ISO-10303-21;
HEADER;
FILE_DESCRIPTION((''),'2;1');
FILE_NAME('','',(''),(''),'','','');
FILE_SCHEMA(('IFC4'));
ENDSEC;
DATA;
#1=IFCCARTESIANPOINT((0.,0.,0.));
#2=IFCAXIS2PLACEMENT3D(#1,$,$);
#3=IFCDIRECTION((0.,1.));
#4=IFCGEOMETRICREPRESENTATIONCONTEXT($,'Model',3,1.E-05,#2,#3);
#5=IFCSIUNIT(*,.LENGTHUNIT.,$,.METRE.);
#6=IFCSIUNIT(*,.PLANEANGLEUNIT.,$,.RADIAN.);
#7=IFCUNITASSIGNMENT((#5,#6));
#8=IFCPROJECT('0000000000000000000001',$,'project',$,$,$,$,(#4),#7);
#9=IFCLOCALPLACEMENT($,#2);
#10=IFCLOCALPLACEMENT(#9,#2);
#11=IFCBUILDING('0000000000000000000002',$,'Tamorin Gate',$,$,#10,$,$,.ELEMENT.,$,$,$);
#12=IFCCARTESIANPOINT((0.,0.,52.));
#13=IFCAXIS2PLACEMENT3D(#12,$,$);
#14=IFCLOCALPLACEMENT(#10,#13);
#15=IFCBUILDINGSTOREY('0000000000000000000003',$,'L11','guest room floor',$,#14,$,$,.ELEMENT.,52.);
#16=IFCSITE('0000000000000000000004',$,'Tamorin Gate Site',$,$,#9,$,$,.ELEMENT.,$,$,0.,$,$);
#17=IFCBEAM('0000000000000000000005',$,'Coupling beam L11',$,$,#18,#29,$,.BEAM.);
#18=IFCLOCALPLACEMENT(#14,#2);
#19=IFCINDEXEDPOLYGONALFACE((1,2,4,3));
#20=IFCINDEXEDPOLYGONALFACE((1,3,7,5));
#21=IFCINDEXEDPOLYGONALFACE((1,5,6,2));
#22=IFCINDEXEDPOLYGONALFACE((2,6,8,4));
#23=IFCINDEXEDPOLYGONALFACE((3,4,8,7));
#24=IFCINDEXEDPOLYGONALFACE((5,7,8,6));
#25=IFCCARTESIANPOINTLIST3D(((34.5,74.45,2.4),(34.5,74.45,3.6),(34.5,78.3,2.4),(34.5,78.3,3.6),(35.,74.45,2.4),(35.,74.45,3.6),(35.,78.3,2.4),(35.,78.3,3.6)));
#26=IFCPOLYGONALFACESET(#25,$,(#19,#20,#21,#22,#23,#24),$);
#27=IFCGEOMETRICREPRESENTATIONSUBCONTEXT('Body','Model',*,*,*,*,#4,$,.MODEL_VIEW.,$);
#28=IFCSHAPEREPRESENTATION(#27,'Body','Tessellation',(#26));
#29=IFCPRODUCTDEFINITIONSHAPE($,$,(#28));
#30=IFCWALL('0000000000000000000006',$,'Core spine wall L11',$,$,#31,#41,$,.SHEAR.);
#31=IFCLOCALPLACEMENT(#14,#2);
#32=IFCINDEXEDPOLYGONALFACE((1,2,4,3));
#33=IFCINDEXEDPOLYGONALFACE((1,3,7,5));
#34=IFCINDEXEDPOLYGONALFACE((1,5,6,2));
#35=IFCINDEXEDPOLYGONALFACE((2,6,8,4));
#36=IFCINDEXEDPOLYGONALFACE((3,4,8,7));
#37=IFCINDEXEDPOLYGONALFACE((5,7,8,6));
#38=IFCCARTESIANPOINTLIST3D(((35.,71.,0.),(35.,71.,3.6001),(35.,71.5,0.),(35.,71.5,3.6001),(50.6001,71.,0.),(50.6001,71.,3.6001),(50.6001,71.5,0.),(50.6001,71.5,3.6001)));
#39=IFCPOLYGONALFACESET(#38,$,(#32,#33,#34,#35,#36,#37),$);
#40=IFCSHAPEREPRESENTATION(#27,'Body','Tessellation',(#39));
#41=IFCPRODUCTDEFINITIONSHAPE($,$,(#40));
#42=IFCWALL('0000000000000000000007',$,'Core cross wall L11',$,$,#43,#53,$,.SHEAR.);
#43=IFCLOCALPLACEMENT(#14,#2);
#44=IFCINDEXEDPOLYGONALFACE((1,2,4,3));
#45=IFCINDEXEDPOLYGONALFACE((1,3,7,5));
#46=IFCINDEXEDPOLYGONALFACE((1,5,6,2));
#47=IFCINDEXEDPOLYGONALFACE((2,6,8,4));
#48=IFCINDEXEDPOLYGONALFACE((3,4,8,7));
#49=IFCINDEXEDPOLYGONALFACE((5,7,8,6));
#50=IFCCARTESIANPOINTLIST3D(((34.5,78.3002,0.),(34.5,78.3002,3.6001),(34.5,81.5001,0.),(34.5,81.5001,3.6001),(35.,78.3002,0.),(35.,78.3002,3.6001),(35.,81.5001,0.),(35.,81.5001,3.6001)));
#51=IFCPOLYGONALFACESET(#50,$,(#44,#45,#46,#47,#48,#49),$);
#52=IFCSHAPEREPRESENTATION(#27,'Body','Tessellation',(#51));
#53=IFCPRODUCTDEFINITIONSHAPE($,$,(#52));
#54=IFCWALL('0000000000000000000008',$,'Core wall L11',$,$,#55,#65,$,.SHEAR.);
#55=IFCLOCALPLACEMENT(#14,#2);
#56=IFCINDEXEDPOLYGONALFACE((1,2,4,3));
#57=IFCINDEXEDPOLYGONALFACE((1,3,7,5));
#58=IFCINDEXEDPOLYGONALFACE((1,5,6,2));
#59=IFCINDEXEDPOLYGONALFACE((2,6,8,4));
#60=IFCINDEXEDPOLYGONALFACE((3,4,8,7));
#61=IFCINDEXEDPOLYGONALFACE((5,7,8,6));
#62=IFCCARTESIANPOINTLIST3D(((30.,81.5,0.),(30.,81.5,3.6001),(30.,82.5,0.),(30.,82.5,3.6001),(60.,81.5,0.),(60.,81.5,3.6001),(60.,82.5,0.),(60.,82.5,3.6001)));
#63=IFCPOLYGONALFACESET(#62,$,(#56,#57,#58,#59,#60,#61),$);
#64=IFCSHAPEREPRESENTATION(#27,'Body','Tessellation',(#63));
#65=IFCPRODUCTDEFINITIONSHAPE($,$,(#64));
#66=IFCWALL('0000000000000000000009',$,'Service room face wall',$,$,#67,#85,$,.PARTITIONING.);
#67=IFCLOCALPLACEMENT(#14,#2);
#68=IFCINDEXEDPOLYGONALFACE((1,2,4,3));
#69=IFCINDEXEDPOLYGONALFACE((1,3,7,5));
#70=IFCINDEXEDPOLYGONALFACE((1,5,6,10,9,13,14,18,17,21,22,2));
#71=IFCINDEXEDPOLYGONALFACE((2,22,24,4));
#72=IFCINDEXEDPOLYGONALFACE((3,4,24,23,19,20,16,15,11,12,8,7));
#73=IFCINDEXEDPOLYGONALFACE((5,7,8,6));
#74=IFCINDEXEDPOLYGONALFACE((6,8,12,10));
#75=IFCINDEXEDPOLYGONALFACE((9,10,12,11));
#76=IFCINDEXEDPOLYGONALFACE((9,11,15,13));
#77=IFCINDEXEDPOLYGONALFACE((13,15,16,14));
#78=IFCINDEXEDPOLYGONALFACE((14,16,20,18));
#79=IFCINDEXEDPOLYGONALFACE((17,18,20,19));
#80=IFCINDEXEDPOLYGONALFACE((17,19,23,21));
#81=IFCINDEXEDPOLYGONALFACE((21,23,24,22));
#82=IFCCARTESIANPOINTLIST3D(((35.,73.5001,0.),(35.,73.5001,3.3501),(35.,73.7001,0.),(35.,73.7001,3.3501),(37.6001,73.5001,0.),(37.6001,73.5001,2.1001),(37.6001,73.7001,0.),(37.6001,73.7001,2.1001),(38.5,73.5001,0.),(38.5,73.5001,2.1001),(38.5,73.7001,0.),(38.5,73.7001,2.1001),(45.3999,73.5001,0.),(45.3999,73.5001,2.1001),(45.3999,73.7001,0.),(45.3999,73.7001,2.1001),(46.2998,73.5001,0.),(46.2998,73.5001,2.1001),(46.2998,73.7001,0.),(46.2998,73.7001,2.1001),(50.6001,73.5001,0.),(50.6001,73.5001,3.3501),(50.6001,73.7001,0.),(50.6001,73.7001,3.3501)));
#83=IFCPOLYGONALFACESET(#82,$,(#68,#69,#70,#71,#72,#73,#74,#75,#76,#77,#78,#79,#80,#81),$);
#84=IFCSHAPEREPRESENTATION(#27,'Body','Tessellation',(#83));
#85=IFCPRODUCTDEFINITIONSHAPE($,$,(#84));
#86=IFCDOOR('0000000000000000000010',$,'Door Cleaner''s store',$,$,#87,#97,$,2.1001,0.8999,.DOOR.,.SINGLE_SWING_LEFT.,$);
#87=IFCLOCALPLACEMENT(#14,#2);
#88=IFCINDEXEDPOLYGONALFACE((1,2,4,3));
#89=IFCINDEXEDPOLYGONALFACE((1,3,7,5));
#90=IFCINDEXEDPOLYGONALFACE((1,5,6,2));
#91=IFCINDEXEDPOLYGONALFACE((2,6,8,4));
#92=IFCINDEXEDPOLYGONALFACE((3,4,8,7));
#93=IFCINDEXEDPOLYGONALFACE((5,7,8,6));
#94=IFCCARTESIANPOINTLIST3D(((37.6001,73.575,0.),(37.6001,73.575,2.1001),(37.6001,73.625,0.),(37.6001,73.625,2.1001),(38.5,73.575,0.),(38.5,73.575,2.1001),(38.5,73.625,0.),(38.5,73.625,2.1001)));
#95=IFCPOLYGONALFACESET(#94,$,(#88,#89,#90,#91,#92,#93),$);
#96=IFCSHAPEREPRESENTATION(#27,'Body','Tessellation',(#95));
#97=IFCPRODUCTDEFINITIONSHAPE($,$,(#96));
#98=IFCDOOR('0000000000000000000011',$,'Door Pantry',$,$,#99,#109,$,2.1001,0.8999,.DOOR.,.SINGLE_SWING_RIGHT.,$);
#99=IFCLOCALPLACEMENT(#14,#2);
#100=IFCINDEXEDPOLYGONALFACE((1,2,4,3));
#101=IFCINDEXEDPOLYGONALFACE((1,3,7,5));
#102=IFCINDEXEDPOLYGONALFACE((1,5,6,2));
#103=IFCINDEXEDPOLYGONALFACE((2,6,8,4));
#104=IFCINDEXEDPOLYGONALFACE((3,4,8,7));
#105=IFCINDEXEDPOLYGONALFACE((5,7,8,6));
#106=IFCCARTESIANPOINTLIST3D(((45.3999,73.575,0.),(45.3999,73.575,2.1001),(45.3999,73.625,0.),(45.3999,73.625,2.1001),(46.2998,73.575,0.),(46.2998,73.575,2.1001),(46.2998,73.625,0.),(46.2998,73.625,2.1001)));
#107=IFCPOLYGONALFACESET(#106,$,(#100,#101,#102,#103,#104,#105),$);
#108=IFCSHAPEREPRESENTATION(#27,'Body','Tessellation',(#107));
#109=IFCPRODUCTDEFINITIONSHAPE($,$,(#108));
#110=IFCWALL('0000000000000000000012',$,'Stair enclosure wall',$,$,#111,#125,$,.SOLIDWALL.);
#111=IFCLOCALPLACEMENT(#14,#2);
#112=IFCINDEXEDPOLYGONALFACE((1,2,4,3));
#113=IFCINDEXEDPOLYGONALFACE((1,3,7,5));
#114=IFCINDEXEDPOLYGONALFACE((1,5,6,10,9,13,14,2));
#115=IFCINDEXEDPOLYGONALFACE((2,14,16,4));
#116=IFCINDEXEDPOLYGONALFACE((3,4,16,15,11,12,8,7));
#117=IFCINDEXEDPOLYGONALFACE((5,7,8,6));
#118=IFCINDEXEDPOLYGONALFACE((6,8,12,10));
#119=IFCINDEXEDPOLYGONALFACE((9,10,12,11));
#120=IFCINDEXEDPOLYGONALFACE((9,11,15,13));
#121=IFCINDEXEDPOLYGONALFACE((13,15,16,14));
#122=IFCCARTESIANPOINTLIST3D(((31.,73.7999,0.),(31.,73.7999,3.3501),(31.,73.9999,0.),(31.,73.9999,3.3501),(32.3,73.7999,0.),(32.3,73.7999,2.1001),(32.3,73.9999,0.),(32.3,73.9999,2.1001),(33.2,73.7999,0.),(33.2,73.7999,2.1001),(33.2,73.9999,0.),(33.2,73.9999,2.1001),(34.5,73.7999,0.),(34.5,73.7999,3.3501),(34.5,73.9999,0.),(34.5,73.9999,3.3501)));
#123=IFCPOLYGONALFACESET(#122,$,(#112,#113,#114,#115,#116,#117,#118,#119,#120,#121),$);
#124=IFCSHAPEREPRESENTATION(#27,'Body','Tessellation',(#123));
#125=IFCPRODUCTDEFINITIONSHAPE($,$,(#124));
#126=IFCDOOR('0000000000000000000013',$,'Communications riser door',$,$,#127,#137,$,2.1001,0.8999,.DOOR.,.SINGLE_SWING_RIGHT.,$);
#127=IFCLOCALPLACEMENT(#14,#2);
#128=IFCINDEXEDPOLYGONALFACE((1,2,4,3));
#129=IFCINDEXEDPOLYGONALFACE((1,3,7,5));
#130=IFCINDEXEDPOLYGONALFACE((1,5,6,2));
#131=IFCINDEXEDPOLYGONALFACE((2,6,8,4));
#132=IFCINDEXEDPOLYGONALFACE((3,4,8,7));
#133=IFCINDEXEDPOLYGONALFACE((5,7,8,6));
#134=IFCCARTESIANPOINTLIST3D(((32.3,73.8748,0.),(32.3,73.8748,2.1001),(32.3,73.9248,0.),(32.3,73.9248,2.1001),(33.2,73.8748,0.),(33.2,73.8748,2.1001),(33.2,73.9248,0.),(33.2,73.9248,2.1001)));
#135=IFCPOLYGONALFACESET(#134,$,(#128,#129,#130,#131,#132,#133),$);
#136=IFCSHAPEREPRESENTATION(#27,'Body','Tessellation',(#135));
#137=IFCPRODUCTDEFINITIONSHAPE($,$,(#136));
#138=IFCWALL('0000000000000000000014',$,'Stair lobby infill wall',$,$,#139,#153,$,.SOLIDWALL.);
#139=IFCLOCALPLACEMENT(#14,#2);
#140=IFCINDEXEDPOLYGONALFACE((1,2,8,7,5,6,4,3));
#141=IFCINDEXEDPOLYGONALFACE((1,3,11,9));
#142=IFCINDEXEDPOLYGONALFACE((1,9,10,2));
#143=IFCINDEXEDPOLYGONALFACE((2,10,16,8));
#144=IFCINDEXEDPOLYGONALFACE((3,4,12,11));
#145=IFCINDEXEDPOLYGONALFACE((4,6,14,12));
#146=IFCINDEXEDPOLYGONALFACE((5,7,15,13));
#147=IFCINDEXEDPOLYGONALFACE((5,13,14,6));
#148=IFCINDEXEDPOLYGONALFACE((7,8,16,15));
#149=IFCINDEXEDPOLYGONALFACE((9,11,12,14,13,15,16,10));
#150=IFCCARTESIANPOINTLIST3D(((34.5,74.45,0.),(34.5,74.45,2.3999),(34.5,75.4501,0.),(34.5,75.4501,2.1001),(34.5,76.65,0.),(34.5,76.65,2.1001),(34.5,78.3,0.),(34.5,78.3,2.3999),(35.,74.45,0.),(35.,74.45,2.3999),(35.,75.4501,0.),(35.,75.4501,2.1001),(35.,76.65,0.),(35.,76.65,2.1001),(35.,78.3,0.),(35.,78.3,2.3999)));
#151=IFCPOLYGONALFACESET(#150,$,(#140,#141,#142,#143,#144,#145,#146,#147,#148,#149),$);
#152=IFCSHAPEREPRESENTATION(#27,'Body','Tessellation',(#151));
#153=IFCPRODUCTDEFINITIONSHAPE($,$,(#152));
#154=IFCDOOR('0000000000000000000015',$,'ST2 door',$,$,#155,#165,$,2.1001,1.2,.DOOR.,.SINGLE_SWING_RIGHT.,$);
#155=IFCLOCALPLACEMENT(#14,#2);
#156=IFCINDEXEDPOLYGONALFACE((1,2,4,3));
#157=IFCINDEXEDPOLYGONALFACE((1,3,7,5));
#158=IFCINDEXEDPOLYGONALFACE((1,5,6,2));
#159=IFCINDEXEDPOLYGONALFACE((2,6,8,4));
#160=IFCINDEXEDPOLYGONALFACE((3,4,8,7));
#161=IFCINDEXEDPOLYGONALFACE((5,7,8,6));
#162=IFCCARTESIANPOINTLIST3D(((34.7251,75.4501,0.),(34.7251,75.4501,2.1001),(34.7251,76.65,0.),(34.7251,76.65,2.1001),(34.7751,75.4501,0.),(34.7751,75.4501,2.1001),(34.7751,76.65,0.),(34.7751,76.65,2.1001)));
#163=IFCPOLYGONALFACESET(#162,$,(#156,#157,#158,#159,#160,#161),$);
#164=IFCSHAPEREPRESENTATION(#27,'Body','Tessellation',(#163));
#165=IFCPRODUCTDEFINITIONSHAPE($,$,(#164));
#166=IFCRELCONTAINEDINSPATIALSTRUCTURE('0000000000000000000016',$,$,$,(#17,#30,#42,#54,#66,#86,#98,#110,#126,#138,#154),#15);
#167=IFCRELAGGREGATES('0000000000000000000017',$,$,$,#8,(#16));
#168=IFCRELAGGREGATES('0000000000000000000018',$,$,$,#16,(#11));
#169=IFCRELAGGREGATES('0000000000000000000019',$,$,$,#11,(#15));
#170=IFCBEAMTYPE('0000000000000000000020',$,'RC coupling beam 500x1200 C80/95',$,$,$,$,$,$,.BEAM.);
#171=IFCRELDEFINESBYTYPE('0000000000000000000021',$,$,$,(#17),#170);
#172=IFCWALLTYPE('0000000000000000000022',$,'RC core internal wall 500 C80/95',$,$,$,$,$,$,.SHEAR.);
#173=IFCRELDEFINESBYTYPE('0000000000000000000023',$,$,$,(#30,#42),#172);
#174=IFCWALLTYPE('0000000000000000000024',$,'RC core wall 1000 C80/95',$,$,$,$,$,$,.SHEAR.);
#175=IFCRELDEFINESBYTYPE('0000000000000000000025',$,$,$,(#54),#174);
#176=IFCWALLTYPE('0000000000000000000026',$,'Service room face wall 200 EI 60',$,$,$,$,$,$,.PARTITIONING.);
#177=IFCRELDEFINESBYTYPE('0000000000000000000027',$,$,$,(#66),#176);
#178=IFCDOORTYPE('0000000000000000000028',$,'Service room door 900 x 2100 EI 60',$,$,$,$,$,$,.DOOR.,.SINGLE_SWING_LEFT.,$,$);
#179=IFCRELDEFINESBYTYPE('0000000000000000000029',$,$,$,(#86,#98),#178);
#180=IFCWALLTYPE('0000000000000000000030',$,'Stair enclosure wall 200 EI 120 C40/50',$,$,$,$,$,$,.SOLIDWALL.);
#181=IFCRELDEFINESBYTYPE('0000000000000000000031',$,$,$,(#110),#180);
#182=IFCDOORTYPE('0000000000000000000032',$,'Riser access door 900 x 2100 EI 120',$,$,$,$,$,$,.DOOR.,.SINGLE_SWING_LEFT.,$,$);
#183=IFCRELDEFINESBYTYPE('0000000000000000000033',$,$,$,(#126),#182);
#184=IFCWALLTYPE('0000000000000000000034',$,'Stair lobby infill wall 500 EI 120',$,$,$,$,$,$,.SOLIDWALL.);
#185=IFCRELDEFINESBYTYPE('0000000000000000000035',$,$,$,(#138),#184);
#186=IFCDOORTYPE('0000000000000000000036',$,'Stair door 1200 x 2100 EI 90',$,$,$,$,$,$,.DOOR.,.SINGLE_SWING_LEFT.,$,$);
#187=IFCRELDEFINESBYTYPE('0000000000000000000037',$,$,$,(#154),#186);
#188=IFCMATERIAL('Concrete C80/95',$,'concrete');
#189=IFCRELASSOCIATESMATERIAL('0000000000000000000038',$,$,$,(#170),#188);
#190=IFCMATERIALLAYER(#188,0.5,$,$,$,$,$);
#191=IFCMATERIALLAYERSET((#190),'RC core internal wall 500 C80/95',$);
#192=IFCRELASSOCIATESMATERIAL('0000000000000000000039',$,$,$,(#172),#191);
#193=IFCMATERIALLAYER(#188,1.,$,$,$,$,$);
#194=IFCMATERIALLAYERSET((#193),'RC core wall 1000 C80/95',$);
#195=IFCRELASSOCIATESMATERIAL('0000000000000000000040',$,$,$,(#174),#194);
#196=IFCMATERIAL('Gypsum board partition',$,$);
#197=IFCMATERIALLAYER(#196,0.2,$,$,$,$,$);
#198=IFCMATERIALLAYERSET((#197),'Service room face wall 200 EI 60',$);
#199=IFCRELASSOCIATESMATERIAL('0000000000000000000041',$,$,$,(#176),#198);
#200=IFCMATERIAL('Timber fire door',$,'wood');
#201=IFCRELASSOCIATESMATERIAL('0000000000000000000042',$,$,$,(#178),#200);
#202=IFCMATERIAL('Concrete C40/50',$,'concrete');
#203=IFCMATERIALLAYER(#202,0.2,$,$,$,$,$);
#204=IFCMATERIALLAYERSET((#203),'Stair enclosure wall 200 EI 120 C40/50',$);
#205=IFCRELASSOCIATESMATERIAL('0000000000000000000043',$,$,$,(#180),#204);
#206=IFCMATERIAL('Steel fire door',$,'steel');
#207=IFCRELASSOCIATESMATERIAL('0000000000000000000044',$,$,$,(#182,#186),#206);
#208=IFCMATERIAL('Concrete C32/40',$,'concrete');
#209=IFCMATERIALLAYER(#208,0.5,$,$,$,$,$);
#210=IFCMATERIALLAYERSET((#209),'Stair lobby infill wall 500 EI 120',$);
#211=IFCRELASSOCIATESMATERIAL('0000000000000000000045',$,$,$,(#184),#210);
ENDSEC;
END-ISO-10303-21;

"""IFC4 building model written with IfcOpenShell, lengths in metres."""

from ifc_helpers import new_model, si_unit, direction, frame, frame_2d, origin, origin_2d, place, context, subcontext, project, spatial, rectangle, extrude, material, layer, layer_set, material_profile, profile_set, type_object, element, fill, save


model = new_model("IFC4")

# Units and contexts
model_context = context("Model", 3, precision=1e-05, world=origin(), true_north=direction((0.0, 1.0)))
body_context = subcontext(model_context, "Body", "Model", "MODEL_VIEW")
ifc_project = project(units=[si_unit("LENGTHUNIT", "METRE"), si_unit("PLANEANGLEUNIT", "RADIAN")], contexts=[model_context])

# Site, building, storey
site_placement = place(None, origin())
site = spatial("IfcSite", under=ifc_project, at=site_placement, Name="Tamorin Gate Site", CompositionType="ELEMENT", RefElevation=0.0)
building_placement = place(site_placement, origin())
building = spatial("IfcBuilding", under=site, at=building_placement, Name="Tamorin Gate", CompositionType="ELEMENT")
storey_placement = place(building_placement, frame((0.0, 0.0, 52.0)))
storey = spatial("IfcBuildingStorey", under=building, at=storey_placement, Name="L11", Description="guest room floor", CompositionType="ELEMENT", Elevation=52.0)

# Beam
ifc_material_1 = material(Name="Concrete C80/95", Category="concrete")
ifc_material_profile = material_profile(ifc_material_1, rectangle(XDim=0.5, YDim=1.2, at=origin_2d()), Name="RC 500x1200")
ifc_profile_set = profile_set([ifc_material_profile], Name="Concrete C80/95")
beam_type = type_object("IfcBeamType", Name="RC coupling beam 500x1200 C80/95", PredefinedType="BEAM", material=ifc_profile_set)
beam_placement = place(storey_placement, frame((34.75, 74.45, 3.0), z_axis=(0.0, 1.0, 0.0), x_axis=(-1.0, 0.0, 0.0)))
element("IfcBeam", 1, at=beam_placement, inside=storey, type_object=beam_type, Name="Coupling beam L11", PredefinedType="BEAM", context=body_context, shape_type="SweptSolid", body=[
    extrude(rectangle(XDim=0.5, YDim=1.2, at=origin_2d()), origin(), (0.0, 0.0, 1.0), 3.8501),
])

# Walls
ifc_layer_1 = layer(ifc_material_1, 0.5)
ifc_layer_set_1 = layer_set([ifc_layer_1], Name="RC core internal wall 500 C80/95")
wall_type_1 = type_object("IfcWallType", Name="RC core internal wall 500 C80/95", PredefinedType="SHEAR", material=ifc_layer_set_1)
wall_1_placement = place(storey_placement, frame((35.0, 71.25, 0.0), z_axis=(0.0, 0.0, 1.0), x_axis=(1.0, 0.0, 0.0)))
element("IfcWall", 2, at=wall_1_placement, inside=storey, type_object=wall_type_1, Name="Core spine wall L11", PredefinedType="SHEAR", context=body_context, shape_type="SweptSolid", body=[
    extrude(rectangle(XDim=15.6001, YDim=0.5, at=frame_2d((7.8, 0.0))), origin(), (0.0, 0.0, 1.0), 3.6001),
])
wall_2_placement = place(storey_placement, frame((34.75, 78.3, 0.0), z_axis=(0.0, 0.0, 1.0), x_axis=(0.0, 1.0, 0.0)))
element("IfcWall", 3, at=wall_2_placement, inside=storey, type_object=wall_type_1, Name="Core cross wall L11", PredefinedType="SHEAR", context=body_context, shape_type="SweptSolid", body=[
    extrude(rectangle(XDim=3.2, YDim=0.5, at=frame_2d((1.6001, 0.0))), origin(), (0.0, 0.0, 1.0), 3.6001),
])
ifc_layer_2 = layer(ifc_material_1, 1.0)
ifc_layer_set_2 = layer_set([ifc_layer_2], Name="RC core wall 1000 C80/95")
wall_type_2 = type_object("IfcWallType", Name="RC core wall 1000 C80/95", PredefinedType="SHEAR", material=ifc_layer_set_2)
wall_3_placement = place(storey_placement, frame((30.0, 82.0, 0.0), z_axis=(0.0, 0.0, 1.0), x_axis=(1.0, 0.0, 0.0)))
element("IfcWall", 4, at=wall_3_placement, inside=storey, type_object=wall_type_2, Name="Core wall L11", PredefinedType="SHEAR", context=body_context, shape_type="SweptSolid", body=[
    extrude(rectangle(XDim=30.0, YDim=1.0, at=frame_2d((15.0, 0.0))), origin(), (0.0, 0.0, 1.0), 3.6001),
])

# Wall, openings, doors
ifc_material_2 = material(Name="Gypsum board partition")
ifc_layer_3 = layer(ifc_material_2, 0.2)
ifc_layer_set_3 = layer_set([ifc_layer_3], Name="Service room face wall 200 EI 60")
wall_type_3 = type_object("IfcWallType", Name="Service room face wall 200 EI 60", PredefinedType="PARTITIONING", material=ifc_layer_set_3)
wall_4_placement = place(storey_placement, frame((35.0, 73.6001, 0.0), z_axis=(0.0, 0.0, 1.0), x_axis=(1.0, 0.0, 0.0)))
wall_4 = element("IfcWall", 5, at=wall_4_placement, inside=storey, type_object=wall_type_3, Name="Service room face wall", PredefinedType="PARTITIONING", context=body_context, shape_type="SweptSolid", body=[
    extrude(rectangle(XDim=15.6001, YDim=0.2, at=frame_2d((7.8, 0.0))), origin(), (0.0, 0.0, 1.0), 3.3501),
])
opening_1_placement = place(wall_4_placement, frame((2.6001, 0.0, 0.0)))
opening_1 = element("IfcOpeningElement", 6, at=opening_1_placement, cuts=wall_4, PredefinedType="OPENING", context=body_context, shape_type="SweptSolid", body=[
    extrude(rectangle(XDim=0.8999, YDim=2.1001, at=frame_2d((0.45, 1.05))), frame((0.0, 0.1099, 0.0), z_axis=(0.0, -1.0, 0.0), x_axis=(1.0, 0.0, 0.0)), (0.0, 0.0, 1.0), 0.22),
])
opening_2_placement = place(wall_4_placement, frame((10.3999, 0.0, 0.0)))
opening_2 = element("IfcOpeningElement", 7, at=opening_2_placement, cuts=wall_4, PredefinedType="OPENING", context=body_context, shape_type="SweptSolid", body=[
    extrude(rectangle(XDim=0.8999, YDim=2.1001, at=frame_2d((0.45, 1.05))), frame((0.0, 0.1099, 0.0), z_axis=(0.0, -1.0, 0.0), x_axis=(1.0, 0.0, 0.0)), (0.0, 0.0, 1.0), 0.22),
])
ifc_material_3 = material(Name="Timber fire door", Category="wood")
door_type_1 = type_object("IfcDoorType", Name="Service room door 900 x 2100 EI 60", OperationType="SINGLE_SWING_LEFT", PredefinedType="DOOR", material=ifc_material_3)
door_1_placement = place(opening_1_placement, origin())
door_1 = element("IfcDoor", 8, at=door_1_placement, inside=storey, type_object=door_type_1, Name="Door Cleaner's store", OperationType="SINGLE_SWING_LEFT", OverallHeight=2.1001, OverallWidth=0.8999, PredefinedType="DOOR", context=body_context, shape_type="SweptSolid", body=[
    extrude(rectangle(XDim=0.8999, YDim=2.1001, at=frame_2d((0.45, 1.05))), frame((0.0, 0.0249, 0.0), z_axis=(0.0, -1.0, 0.0), x_axis=(1.0, 0.0, 0.0)), (0.0, 0.0, 1.0), 0.05),
])
fill(opening_1, door_1)
door_2_placement = place(opening_2_placement, origin())
door_2 = element("IfcDoor", 9, at=door_2_placement, inside=storey, type_object=door_type_1, Name="Door Pantry", OperationType="SINGLE_SWING_RIGHT", OverallHeight=2.1001, OverallWidth=0.8999, PredefinedType="DOOR", context=body_context, shape_type="SweptSolid", body=[
    extrude(rectangle(XDim=0.8999, YDim=2.1001, at=frame_2d((0.45, 1.05))), frame((0.0, 0.0249, 0.0), z_axis=(0.0, -1.0, 0.0), x_axis=(1.0, 0.0, 0.0)), (0.0, 0.0, 1.0), 0.05),
])
fill(opening_2, door_2)

# Walls, openings, doors
ifc_material_4 = material(Name="Concrete C40/50", Category="concrete")
ifc_layer_4 = layer(ifc_material_4, 0.2)
ifc_layer_set_4 = layer_set([ifc_layer_4], Name="Stair enclosure wall 200 EI 120 C40/50")
wall_type_4 = type_object("IfcWallType", Name="Stair enclosure wall 200 EI 120 C40/50", PredefinedType="SOLIDWALL", material=ifc_layer_set_4)
wall_5_placement = place(storey_placement, frame((31.0, 73.8999, 0.0), z_axis=(0.0, 0.0, 1.0), x_axis=(1.0, 0.0, 0.0)))
wall_5 = element("IfcWall", 10, at=wall_5_placement, inside=storey, type_object=wall_type_4, Name="Stair enclosure wall", PredefinedType="SOLIDWALL", context=body_context, shape_type="SweptSolid", body=[
    extrude(rectangle(XDim=3.5, YDim=0.2, at=frame_2d((1.75, 0.0))), origin(), (0.0, 0.0, 1.0), 3.3501),
])
opening_3_placement = place(wall_5_placement, frame((1.3, 0.0, 0.0)))
opening_3 = element("IfcOpeningElement", 11, at=opening_3_placement, cuts=wall_5, PredefinedType="OPENING", context=body_context, shape_type="SweptSolid", body=[
    extrude(rectangle(XDim=0.8999, YDim=2.1001, at=frame_2d((0.45, 1.05))), frame((0.0, 0.1099, 0.0), z_axis=(0.0, -1.0, 0.0), x_axis=(1.0, 0.0, 0.0)), (0.0, 0.0, 1.0), 0.22),
])
ifc_material_5 = material(Name="Steel fire door", Category="steel")
door_type_2 = type_object("IfcDoorType", Name="Riser access door 900 x 2100 EI 120", OperationType="SINGLE_SWING_LEFT", PredefinedType="DOOR", material=ifc_material_5)
door_3_placement = place(opening_3_placement, origin())
door_3 = element("IfcDoor", 12, at=door_3_placement, inside=storey, type_object=door_type_2, Name="Communications riser door", OperationType="SINGLE_SWING_RIGHT", OverallHeight=2.1001, OverallWidth=0.8999, PredefinedType="DOOR", context=body_context, shape_type="SweptSolid", body=[
    extrude(rectangle(XDim=0.8999, YDim=2.1001, at=frame_2d((0.45, 1.05))), frame((0.0, 0.0249, 0.0), z_axis=(0.0, -1.0, 0.0), x_axis=(1.0, 0.0, 0.0)), (0.0, 0.0, 1.0), 0.05),
])
fill(opening_3, door_3)
ifc_material_6 = material(Name="Concrete C32/40", Category="concrete")
ifc_layer_5 = layer(ifc_material_6, 0.5)
ifc_layer_set_5 = layer_set([ifc_layer_5], Name="Stair lobby infill wall 500 EI 120")
wall_type_5 = type_object("IfcWallType", Name="Stair lobby infill wall 500 EI 120", PredefinedType="SOLIDWALL", material=ifc_layer_set_5)
wall_6_placement = place(storey_placement, frame((34.75, 74.45, 0.0), z_axis=(0.0, 0.0, 1.0), x_axis=(0.0, 1.0, 0.0)))
wall_6 = element("IfcWall", 13, at=wall_6_placement, inside=storey, type_object=wall_type_5, Name="Stair lobby infill wall", PredefinedType="SOLIDWALL", context=body_context, shape_type="SweptSolid", body=[
    extrude(rectangle(XDim=3.8501, YDim=0.5, at=frame_2d((1.925, 0.0))), origin(), (0.0, 0.0, 1.0), 2.3999),
])
opening_4_placement = place(wall_6_placement, frame((1.0, 0.0, 0.0)))
opening_4 = element("IfcOpeningElement", 14, at=opening_4_placement, cuts=wall_6, PredefinedType="OPENING", context=body_context, shape_type="SweptSolid", body=[
    extrude(rectangle(XDim=1.2, YDim=2.1001, at=frame_2d((0.6001, 1.05))), frame((0.0, 0.26, 0.0), z_axis=(0.0, -1.0, 0.0), x_axis=(1.0, 0.0, 0.0)), (0.0, 0.0, 1.0), 0.52),
])
door_type_3 = type_object("IfcDoorType", Name="Stair door 1200 x 2100 EI 90", OperationType="SINGLE_SWING_LEFT", PredefinedType="DOOR", material=ifc_material_5)
door_4_placement = place(opening_4_placement, origin())
door_4 = element("IfcDoor", 15, at=door_4_placement, inside=storey, type_object=door_type_3, Name="ST2 door", OperationType="SINGLE_SWING_RIGHT", OverallHeight=2.1001, OverallWidth=1.2, PredefinedType="DOOR", context=body_context, shape_type="SweptSolid", body=[
    extrude(rectangle(XDim=1.2, YDim=2.1001, at=frame_2d((0.6001, 1.05))), frame((0.0, 0.0249, 0.0), z_axis=(0.0, -1.0, 0.0), x_axis=(1.0, 0.0, 0.0)), (0.0, 0.0, 1.0), 0.05),
])
fill(opening_4, door_4)

save(model, "model.ifc")
